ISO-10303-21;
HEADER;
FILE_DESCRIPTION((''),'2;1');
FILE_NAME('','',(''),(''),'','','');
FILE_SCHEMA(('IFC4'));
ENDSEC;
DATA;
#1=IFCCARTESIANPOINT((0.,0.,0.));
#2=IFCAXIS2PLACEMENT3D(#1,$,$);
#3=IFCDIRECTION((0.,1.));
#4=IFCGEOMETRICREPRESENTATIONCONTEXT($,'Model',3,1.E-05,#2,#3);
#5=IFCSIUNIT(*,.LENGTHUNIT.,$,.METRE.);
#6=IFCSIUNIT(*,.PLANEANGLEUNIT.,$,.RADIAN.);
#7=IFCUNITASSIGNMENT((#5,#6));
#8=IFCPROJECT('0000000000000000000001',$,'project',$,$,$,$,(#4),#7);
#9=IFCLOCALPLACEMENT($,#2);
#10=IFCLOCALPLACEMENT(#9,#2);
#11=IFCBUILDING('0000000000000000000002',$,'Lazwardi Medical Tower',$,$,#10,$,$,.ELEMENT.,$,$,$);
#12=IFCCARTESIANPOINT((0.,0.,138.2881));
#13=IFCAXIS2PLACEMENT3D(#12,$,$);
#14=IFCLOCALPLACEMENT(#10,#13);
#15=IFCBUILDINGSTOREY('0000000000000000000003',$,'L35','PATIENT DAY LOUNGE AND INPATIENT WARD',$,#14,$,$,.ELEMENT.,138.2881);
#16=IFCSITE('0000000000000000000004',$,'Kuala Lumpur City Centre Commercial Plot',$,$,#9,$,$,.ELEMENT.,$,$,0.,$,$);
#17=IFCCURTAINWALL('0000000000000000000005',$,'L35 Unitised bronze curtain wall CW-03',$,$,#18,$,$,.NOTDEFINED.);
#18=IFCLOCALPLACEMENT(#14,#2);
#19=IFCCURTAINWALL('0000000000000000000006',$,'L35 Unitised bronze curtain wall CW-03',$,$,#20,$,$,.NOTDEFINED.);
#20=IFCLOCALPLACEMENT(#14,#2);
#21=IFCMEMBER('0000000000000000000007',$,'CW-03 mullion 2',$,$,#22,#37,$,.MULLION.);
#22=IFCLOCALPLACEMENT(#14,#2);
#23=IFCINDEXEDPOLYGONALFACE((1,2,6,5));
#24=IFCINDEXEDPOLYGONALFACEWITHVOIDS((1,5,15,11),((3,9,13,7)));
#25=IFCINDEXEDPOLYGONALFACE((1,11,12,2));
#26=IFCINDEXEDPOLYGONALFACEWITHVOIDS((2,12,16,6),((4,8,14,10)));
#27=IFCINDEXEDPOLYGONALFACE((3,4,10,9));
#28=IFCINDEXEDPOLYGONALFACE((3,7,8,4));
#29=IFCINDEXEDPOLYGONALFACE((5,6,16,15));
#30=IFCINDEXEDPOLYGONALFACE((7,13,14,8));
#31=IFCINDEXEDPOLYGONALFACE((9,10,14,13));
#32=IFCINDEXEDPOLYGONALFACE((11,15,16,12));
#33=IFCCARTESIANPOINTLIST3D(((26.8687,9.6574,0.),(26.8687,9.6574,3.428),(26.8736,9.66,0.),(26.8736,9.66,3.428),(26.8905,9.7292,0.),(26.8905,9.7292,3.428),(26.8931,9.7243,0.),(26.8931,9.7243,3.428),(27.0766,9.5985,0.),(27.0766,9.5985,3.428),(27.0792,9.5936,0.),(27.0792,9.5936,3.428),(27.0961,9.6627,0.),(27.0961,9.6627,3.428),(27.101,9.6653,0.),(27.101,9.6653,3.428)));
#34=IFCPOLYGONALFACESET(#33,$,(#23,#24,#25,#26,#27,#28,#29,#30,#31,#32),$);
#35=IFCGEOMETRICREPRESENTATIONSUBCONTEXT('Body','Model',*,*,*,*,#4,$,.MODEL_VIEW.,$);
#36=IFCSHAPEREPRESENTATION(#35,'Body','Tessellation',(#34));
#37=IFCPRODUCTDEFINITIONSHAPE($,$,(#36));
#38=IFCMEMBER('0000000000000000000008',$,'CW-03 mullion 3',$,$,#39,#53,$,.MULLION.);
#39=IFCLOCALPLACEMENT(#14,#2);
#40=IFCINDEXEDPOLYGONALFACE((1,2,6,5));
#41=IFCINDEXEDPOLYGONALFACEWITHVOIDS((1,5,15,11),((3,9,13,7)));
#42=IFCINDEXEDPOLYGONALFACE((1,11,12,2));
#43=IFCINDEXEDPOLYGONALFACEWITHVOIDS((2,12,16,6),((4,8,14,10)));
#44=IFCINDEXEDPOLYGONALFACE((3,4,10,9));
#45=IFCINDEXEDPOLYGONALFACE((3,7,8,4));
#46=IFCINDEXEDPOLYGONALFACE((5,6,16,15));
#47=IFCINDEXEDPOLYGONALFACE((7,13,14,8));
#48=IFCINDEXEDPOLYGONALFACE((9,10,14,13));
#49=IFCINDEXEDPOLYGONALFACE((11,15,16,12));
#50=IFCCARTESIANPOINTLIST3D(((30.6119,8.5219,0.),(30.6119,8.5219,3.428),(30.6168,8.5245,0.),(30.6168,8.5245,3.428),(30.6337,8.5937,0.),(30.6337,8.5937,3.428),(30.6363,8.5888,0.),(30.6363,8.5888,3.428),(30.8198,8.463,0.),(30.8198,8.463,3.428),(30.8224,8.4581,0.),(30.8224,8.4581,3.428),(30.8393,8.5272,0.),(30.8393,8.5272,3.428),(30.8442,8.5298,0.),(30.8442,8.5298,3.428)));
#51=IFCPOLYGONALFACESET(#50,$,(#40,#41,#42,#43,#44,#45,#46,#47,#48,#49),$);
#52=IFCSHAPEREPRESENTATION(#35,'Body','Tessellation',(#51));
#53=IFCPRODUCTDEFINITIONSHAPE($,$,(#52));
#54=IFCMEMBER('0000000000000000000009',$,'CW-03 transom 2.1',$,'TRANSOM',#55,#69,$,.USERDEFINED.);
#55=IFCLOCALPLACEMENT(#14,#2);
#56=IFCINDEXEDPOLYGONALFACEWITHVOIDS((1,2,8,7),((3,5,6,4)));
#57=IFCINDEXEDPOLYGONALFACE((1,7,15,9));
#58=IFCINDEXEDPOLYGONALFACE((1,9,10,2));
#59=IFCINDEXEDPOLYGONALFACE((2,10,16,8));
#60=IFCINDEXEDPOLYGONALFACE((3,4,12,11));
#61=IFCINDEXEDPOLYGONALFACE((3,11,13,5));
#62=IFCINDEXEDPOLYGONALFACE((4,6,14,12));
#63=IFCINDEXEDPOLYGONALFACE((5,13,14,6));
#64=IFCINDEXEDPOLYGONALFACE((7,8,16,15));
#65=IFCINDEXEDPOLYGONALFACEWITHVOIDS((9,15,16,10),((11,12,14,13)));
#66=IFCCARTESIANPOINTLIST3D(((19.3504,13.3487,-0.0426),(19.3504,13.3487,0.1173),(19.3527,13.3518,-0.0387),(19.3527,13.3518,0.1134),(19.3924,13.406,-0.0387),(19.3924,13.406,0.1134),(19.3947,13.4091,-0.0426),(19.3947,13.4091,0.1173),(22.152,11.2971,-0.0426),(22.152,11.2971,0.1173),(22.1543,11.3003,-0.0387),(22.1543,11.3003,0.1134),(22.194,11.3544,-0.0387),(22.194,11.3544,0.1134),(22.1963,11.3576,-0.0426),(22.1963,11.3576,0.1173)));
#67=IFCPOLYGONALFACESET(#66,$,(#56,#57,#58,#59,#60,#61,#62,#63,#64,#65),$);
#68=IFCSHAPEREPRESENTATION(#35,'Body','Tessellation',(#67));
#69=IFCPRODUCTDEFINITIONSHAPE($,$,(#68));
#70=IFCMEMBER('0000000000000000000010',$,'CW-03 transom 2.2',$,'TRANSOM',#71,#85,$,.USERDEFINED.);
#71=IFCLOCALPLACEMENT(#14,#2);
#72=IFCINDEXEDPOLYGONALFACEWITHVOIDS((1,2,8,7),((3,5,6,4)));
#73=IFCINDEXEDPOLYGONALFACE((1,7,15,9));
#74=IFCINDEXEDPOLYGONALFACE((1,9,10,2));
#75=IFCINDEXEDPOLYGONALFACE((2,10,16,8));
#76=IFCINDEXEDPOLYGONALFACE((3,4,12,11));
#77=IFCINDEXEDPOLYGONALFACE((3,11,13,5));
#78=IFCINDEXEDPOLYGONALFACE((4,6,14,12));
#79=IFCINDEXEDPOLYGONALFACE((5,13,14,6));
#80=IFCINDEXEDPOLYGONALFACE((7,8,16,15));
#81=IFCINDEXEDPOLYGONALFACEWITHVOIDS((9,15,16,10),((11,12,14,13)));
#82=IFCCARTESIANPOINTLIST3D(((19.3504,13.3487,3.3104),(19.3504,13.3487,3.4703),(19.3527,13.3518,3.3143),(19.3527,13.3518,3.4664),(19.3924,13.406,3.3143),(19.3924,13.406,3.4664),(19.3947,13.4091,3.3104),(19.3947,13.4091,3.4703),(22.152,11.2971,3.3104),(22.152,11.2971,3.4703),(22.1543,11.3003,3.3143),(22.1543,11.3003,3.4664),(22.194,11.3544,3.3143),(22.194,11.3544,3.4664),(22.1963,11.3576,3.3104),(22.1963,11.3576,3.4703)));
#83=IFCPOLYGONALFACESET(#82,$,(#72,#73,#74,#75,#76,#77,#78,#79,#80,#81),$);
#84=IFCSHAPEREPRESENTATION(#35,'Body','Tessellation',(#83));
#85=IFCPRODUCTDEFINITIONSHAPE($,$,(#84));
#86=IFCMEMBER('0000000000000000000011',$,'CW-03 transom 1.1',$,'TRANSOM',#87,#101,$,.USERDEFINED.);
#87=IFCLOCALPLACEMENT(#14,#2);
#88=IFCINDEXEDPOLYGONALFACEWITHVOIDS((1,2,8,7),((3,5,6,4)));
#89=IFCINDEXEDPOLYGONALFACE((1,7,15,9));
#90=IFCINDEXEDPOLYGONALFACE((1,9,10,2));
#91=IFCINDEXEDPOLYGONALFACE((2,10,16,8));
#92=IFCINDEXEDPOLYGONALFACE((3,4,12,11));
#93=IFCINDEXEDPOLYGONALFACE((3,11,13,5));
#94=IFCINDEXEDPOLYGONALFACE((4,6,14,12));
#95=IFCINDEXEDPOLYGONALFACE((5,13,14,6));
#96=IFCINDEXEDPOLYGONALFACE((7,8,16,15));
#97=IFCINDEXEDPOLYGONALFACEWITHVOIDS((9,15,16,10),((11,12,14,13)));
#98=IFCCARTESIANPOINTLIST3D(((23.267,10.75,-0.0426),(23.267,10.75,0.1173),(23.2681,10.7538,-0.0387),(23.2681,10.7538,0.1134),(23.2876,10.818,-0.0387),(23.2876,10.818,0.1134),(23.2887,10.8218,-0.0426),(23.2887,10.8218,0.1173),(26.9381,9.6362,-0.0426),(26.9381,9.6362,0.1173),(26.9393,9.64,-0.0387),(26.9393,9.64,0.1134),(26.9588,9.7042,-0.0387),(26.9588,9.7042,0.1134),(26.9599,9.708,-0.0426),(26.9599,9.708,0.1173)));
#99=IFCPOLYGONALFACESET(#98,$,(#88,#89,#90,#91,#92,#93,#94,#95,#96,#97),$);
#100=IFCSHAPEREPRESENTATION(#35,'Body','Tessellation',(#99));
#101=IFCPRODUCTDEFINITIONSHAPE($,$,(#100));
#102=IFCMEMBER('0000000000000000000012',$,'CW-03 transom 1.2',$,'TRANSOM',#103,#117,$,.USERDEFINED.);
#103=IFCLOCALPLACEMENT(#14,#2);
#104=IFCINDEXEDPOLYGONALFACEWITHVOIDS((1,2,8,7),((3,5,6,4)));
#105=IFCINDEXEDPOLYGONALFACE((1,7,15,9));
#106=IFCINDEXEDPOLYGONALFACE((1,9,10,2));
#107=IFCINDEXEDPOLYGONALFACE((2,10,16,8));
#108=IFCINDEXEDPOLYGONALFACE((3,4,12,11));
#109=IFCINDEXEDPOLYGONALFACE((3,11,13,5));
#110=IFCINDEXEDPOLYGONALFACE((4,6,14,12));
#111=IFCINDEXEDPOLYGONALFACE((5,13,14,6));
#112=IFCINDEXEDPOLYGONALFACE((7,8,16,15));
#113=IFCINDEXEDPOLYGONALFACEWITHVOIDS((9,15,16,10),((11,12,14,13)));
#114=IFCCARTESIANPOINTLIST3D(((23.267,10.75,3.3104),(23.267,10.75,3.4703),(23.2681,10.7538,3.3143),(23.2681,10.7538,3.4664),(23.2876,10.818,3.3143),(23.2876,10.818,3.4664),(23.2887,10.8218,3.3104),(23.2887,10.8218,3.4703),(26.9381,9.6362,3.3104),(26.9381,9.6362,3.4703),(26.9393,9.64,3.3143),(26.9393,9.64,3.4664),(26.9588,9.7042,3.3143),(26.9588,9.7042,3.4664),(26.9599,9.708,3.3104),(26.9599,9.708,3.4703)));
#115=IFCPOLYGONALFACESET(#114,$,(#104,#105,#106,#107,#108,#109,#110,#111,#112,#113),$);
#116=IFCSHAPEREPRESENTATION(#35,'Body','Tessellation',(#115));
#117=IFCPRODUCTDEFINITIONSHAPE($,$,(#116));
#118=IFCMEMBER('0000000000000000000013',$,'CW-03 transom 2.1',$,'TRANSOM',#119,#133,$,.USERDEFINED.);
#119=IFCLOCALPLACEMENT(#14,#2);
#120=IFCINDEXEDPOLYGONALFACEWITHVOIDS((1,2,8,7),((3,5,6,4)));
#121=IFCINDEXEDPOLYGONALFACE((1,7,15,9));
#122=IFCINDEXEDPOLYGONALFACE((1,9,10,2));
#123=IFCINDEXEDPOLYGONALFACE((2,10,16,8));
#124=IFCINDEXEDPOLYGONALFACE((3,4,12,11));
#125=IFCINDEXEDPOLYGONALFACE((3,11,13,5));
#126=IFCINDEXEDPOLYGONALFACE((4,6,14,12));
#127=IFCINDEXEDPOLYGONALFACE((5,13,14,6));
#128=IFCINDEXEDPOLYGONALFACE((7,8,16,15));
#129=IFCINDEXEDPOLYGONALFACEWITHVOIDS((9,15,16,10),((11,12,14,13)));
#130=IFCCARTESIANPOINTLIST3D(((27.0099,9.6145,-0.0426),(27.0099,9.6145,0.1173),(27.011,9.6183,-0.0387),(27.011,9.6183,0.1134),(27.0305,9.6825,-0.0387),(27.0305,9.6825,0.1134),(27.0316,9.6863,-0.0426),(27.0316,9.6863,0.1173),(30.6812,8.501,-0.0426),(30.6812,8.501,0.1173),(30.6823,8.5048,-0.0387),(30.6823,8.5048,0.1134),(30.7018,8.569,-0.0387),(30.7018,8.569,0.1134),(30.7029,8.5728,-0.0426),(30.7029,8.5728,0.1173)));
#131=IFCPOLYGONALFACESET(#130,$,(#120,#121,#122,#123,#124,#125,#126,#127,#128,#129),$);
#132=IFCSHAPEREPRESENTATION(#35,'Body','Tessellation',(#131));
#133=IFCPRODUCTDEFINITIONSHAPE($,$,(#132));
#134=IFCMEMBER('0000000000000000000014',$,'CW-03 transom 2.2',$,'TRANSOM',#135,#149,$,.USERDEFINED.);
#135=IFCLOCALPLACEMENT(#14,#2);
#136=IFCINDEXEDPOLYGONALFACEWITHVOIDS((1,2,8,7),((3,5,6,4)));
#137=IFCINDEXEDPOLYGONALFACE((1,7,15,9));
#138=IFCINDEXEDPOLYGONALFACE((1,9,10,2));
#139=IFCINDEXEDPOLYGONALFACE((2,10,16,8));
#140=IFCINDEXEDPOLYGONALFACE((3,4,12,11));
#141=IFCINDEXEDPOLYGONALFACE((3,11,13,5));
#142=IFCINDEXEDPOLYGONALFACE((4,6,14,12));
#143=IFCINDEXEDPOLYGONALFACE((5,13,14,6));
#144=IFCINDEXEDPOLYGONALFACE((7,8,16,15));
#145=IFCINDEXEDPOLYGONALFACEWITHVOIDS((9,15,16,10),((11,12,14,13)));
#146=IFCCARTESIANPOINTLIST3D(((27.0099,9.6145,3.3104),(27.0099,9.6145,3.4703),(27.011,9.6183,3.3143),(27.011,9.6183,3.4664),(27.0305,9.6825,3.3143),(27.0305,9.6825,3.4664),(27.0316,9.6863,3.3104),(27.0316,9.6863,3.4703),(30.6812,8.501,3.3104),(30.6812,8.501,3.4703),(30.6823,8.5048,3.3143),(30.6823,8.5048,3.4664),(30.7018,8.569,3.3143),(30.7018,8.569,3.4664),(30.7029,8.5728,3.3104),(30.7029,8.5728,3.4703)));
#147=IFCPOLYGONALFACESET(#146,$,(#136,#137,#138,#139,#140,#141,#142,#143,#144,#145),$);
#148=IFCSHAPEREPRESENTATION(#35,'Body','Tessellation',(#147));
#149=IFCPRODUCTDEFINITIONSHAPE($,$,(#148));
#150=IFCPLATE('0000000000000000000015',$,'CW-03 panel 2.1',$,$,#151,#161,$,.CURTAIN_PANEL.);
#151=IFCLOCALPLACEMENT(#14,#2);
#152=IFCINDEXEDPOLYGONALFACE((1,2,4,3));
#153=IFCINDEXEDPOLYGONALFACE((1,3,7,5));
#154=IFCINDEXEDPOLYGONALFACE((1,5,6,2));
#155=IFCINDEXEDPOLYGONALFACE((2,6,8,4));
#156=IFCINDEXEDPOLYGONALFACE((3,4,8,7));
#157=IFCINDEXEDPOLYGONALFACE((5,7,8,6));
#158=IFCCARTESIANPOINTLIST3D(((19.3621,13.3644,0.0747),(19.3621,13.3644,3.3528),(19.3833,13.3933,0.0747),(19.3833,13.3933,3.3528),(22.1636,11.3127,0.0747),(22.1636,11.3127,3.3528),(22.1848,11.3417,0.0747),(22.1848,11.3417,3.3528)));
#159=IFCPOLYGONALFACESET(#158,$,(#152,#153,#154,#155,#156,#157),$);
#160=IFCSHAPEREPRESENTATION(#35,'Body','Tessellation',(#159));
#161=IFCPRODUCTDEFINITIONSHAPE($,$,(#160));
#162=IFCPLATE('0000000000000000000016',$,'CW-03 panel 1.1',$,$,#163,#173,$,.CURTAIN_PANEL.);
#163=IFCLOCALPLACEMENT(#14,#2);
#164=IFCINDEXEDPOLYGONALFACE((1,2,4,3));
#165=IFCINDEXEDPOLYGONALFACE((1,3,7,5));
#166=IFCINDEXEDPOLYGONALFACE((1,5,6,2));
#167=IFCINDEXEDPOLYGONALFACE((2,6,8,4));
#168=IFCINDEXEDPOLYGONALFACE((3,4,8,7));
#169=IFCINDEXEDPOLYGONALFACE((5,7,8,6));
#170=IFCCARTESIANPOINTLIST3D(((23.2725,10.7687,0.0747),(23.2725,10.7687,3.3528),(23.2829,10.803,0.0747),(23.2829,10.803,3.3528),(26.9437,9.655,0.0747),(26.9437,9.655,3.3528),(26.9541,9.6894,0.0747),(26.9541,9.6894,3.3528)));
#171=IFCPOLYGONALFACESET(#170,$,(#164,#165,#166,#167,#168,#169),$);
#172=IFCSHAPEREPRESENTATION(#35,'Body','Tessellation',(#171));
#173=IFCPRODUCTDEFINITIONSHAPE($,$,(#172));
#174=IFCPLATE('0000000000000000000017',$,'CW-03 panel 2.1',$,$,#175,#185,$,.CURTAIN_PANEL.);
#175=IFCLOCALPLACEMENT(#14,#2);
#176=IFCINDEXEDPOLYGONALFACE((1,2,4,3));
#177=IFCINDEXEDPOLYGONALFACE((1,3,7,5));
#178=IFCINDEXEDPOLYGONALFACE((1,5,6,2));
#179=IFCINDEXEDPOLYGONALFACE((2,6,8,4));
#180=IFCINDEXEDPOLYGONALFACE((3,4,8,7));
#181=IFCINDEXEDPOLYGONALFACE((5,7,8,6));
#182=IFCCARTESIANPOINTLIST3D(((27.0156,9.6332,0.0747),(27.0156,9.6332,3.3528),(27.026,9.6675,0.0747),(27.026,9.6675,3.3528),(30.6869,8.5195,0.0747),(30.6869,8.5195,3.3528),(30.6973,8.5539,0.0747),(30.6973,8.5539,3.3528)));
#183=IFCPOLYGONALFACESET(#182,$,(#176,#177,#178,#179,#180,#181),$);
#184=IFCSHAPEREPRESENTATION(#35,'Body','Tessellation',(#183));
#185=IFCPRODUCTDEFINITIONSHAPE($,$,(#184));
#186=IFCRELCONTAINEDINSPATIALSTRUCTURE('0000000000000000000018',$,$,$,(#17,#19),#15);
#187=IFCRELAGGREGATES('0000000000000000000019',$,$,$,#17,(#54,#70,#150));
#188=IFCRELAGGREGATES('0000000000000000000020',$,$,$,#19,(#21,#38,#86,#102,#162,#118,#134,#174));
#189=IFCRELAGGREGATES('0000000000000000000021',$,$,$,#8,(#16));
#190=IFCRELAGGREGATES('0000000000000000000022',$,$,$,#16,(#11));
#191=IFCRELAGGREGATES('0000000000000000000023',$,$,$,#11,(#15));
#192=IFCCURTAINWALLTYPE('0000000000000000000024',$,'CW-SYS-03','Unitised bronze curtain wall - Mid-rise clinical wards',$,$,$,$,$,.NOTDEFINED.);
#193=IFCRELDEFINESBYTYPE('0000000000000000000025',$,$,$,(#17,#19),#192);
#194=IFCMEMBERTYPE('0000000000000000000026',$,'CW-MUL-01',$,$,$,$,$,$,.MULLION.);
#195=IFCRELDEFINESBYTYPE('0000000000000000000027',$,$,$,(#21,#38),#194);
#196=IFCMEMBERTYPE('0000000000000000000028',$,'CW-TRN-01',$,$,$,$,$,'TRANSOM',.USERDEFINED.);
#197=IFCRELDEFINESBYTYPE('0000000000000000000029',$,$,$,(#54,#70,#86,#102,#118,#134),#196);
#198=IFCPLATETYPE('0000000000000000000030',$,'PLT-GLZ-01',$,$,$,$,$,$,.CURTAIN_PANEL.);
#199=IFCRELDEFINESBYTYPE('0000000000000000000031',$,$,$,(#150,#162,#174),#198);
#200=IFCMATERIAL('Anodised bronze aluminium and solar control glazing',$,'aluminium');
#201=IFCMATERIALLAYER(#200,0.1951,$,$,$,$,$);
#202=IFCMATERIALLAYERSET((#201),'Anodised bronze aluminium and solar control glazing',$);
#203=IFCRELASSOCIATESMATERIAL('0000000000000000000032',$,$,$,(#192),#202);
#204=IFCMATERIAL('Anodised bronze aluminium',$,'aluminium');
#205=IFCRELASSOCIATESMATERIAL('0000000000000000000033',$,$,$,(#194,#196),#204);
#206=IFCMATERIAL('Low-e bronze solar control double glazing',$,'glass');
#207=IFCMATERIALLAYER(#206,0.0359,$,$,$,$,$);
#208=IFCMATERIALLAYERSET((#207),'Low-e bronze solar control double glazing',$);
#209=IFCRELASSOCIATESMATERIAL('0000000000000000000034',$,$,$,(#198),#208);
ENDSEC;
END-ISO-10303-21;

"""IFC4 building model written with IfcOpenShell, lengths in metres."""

from ifc_helpers import new_model, si_unit, direction, frame, origin, origin_2d, place, context, subcontext, project, spatial, rectangle, hollow_rectangle, extrude, material, layer, layer_set, material_profile, profile_set, type_object, element, aggregate, save


model = new_model("IFC4")

# Units and contexts
model_context = context("Model", 3, precision=1e-05, world=origin(), true_north=direction((0.0, 1.0)))
body_context = subcontext(model_context, "Body", "Model", "MODEL_VIEW")
ifc_project = project(units=[si_unit("LENGTHUNIT", "METRE"), si_unit("PLANEANGLEUNIT", "RADIAN")], contexts=[model_context])

# Site, building, storey
site_placement = place(None, origin())
site = spatial("IfcSite", under=ifc_project, at=site_placement, Name="Kuala Lumpur City Centre Commercial Plot", CompositionType="ELEMENT", RefElevation=0.0)
building_placement = place(site_placement, origin())
building = spatial("IfcBuilding", under=site, at=building_placement, Name="Lazwardi Medical Tower", CompositionType="ELEMENT")
storey_placement = place(building_placement, frame((0.0, 0.0, 138.2881)))
storey = spatial("IfcBuildingStorey", under=building, at=storey_placement, Name="L35", Description="PATIENT DAY LOUNGE AND INPATIENT WARD", CompositionType="ELEMENT", Elevation=138.2881)

# Curtain wall
ifc_material_1 = material(Name="Anodised bronze aluminium and solar control glazing", Category="aluminium")
ifc_layer_1 = layer(ifc_material_1, 0.1951)
ifc_layer_set_1 = layer_set([ifc_layer_1], Name="Anodised bronze aluminium and solar control glazing")
curtain_wall_type = type_object("IfcCurtainWallType", Name="CW-SYS-03", Description="Unitised bronze curtain wall - Mid-rise clinical wards", PredefinedType="NOTDEFINED", material=ifc_layer_set_1)
curtain_wall_1_placement = place(storey_placement, origin())
curtain_wall_1 = element("IfcCurtainWall", 1, at=curtain_wall_1_placement, inside=storey, type_object=curtain_wall_type, Name="L35 Unitised bronze curtain wall CW-03", PredefinedType="NOTDEFINED")
ifc_material_2 = material(Name="Anodised bronze aluminium", Category="aluminium")
ifc_material_profile_1 = material_profile(ifc_material_2, hollow_rectangle(XDim=0.075, YDim=0.22, WallThickness=0.0039, at=origin_2d()), Name="ALU-MULLION 220x75x4")
ifc_profile_set_1 = profile_set([ifc_material_profile_1], Name="Anodised bronze aluminium")
member_type_1 = type_object("IfcMemberType", Name="CW-MUL-01", PredefinedType="MULLION", material=ifc_profile_set_1)

# Curtain wall, members
curtain_wall_2_placement = place(storey_placement, origin())
curtain_wall_2 = element("IfcCurtainWall", 2, at=curtain_wall_2_placement, inside=storey, type_object=curtain_wall_type, Name="L35 Unitised bronze curtain wall CW-03", PredefinedType="NOTDEFINED")
member_1_placement = place(storey_placement, frame((26.9849, 9.6614, 0.0), z_axis=(0.0, 0.0, 1.0), x_axis=(0.290281, 0.956942, 0.0)))
member_1 = element("IfcMember", 3, at=member_1_placement, type_object=member_type_1, Name="CW-03 mullion 2", PredefinedType="MULLION", context=body_context, shape_type="SweptSolid", body=[
    extrude(hollow_rectangle(XDim=0.075, YDim=0.22, WallThickness=0.0039, at=origin_2d()), origin(), (0.0, 0.0, 1.0), 3.428),
])
member_2_placement = place(storey_placement, frame((30.728, 8.5259, 0.0), z_axis=(0.0, 0.0, 1.0), x_axis=(0.290281, 0.956942, 0.0)))
member_2 = element("IfcMember", 4, at=member_2_placement, type_object=member_type_1, Name="CW-03 mullion 3", PredefinedType="MULLION", context=body_context, shape_type="SweptSolid", body=[
    extrude(hollow_rectangle(XDim=0.075, YDim=0.22, WallThickness=0.0039, at=origin_2d()), origin(), (0.0, 0.0, 1.0), 3.428),
])

# Members
ifc_material_profile_2 = material_profile(ifc_material_2, hollow_rectangle(XDim=0.075, YDim=0.1599, WallThickness=0.0039, at=origin_2d()), Name="ALU-TRANSOM 160x75x4")
ifc_profile_set_2 = profile_set([ifc_material_profile_2], Name="Anodised bronze aluminium")
member_type_2 = type_object("IfcMemberType", Name="CW-TRN-01", ElementType="TRANSOM", PredefinedType="USERDEFINED", material=ifc_profile_set_2)
member_3_placement = place(storey_placement, frame((19.3726, 13.3789, 0.0374), z_axis=(0.806807, -0.590815, 0.0), x_axis=(0.590815, 0.806807, 0.0)))
member_3 = element("IfcMember", 5, at=member_3_placement, type_object=member_type_2, Name="CW-03 transom 2.1", ObjectType="TRANSOM", PredefinedType="USERDEFINED", context=body_context, shape_type="SweptSolid", body=[
    extrude(hollow_rectangle(XDim=0.075, YDim=0.1599, WallThickness=0.0039, at=origin_2d()), origin(), (0.0, 0.0, 1.0), 3.4724),
])
member_4_placement = place(storey_placement, frame((19.3726, 13.3789, 3.3904), z_axis=(0.806807, -0.590815, 0.0), x_axis=(0.590815, 0.806807, 0.0)))
member_4 = element("IfcMember", 6, at=member_4_placement, type_object=member_type_2, Name="CW-03 transom 2.2", ObjectType="TRANSOM", PredefinedType="USERDEFINED", context=body_context, shape_type="SweptSolid", body=[
    extrude(hollow_rectangle(XDim=0.075, YDim=0.1599, WallThickness=0.0039, at=origin_2d()), origin(), (0.0, 0.0, 1.0), 3.4724),
])
member_5_placement = place(storey_placement, frame((23.2778, 10.7859, 0.0374), z_axis=(0.95693, -0.290318, 0.0), x_axis=(0.290318, 0.95693, 0.0)))
member_5 = element("IfcMember", 7, at=member_5_placement, type_object=member_type_2, Name="CW-03 transom 1.1", ObjectType="TRANSOM", PredefinedType="USERDEFINED", context=body_context, shape_type="SweptSolid", body=[
    extrude(hollow_rectangle(XDim=0.075, YDim=0.1599, WallThickness=0.0039, at=origin_2d()), origin(), (0.0, 0.0, 1.0), 3.8364),
])
member_6_placement = place(storey_placement, frame((23.2778, 10.7859, 3.3904), z_axis=(0.95693, -0.290318, 0.0), x_axis=(0.290318, 0.95693, 0.0)))
member_6 = element("IfcMember", 8, at=member_6_placement, type_object=member_type_2, Name="CW-03 transom 1.2", ObjectType="TRANSOM", PredefinedType="USERDEFINED", context=body_context, shape_type="SweptSolid", body=[
    extrude(hollow_rectangle(XDim=0.075, YDim=0.1599, WallThickness=0.0039, at=origin_2d()), origin(), (0.0, 0.0, 1.0), 3.8364),
])
member_7_placement = place(storey_placement, frame((27.0208, 9.6504, 0.0374), z_axis=(0.956953, -0.290242, 0.0), x_axis=(0.290242, 0.956953, 0.0)))
member_7 = element("IfcMember", 9, at=member_7_placement, type_object=member_type_2, Name="CW-03 transom 2.1", ObjectType="TRANSOM", PredefinedType="USERDEFINED", context=body_context, shape_type="SweptSolid", body=[
    extrude(hollow_rectangle(XDim=0.075, YDim=0.1599, WallThickness=0.0039, at=origin_2d()), origin(), (0.0, 0.0, 1.0), 3.8364),
])
member_8_placement = place(storey_placement, frame((27.0208, 9.6504, 3.3904), z_axis=(0.956953, -0.290242, 0.0), x_axis=(0.290242, 0.956953, 0.0)))
member_8 = element("IfcMember", 10, at=member_8_placement, type_object=member_type_2, Name="CW-03 transom 2.2", ObjectType="TRANSOM", PredefinedType="USERDEFINED", context=body_context, shape_type="SweptSolid", body=[
    extrude(hollow_rectangle(XDim=0.075, YDim=0.1599, WallThickness=0.0039, at=origin_2d()), origin(), (0.0, 0.0, 1.0), 3.8364),
])

# Plates
ifc_material_3 = material(Name="Low-e bronze solar control double glazing", Category="glass")
ifc_layer_2 = layer(ifc_material_3, 0.0359)
ifc_layer_set_2 = layer_set([ifc_layer_2], Name="Low-e bronze solar control double glazing")
plate_type = type_object("IfcPlateType", Name="PLT-GLZ-01", PredefinedType="CURTAIN_PANEL", material=ifc_layer_set_2)
plate_1_placement = place(storey_placement, frame((20.7734, 12.353, 0.0747), z_axis=(0.0, 0.0, 1.0), x_axis=(0.806793, -0.590834, 0.0)))
plate_1 = element("IfcPlate", 11, at=plate_1_placement, type_object=plate_type, Name="CW-03 panel 2.1", PredefinedType="CURTAIN_PANEL", context=body_context, shape_type="SweptSolid", body=[
    extrude(rectangle(XDim=3.4724, YDim=0.0359, at=origin_2d()), origin(), (0.0, 0.0, 1.0), 3.2781),
])
aggregate(curtain_wall_1, [member_3, member_4, plate_1])
plate_2_placement = place(storey_placement, frame((25.1133, 10.229, 0.0747), z_axis=(0.0, 0.0, 1.0), x_axis=(0.956942, -0.290281, 0.0)))
plate_2 = element("IfcPlate", 12, at=plate_2_placement, type_object=plate_type, Name="CW-03 panel 1.1", PredefinedType="CURTAIN_PANEL", context=body_context, shape_type="SweptSolid", body=[
    extrude(rectangle(XDim=3.8364, YDim=0.0359, at=origin_2d()), origin(), (0.0, 0.0, 1.0), 3.2781),
])
plate_3_placement = place(storey_placement, frame((28.8564, 9.0935, 0.0747), z_axis=(0.0, 0.0, 1.0), x_axis=(0.956942, -0.290281, 0.0)))
plate_3 = element("IfcPlate", 13, at=plate_3_placement, type_object=plate_type, Name="CW-03 panel 2.1", PredefinedType="CURTAIN_PANEL", context=body_context, shape_type="SweptSolid", body=[
    extrude(rectangle(XDim=3.8364, YDim=0.0359, at=origin_2d()), origin(), (0.0, 0.0, 1.0), 3.2781),
])
aggregate(curtain_wall_2, [member_1, member_2, member_5, member_6, plate_2, member_7, member_8, plate_3])

save(model, "model.ifc")
